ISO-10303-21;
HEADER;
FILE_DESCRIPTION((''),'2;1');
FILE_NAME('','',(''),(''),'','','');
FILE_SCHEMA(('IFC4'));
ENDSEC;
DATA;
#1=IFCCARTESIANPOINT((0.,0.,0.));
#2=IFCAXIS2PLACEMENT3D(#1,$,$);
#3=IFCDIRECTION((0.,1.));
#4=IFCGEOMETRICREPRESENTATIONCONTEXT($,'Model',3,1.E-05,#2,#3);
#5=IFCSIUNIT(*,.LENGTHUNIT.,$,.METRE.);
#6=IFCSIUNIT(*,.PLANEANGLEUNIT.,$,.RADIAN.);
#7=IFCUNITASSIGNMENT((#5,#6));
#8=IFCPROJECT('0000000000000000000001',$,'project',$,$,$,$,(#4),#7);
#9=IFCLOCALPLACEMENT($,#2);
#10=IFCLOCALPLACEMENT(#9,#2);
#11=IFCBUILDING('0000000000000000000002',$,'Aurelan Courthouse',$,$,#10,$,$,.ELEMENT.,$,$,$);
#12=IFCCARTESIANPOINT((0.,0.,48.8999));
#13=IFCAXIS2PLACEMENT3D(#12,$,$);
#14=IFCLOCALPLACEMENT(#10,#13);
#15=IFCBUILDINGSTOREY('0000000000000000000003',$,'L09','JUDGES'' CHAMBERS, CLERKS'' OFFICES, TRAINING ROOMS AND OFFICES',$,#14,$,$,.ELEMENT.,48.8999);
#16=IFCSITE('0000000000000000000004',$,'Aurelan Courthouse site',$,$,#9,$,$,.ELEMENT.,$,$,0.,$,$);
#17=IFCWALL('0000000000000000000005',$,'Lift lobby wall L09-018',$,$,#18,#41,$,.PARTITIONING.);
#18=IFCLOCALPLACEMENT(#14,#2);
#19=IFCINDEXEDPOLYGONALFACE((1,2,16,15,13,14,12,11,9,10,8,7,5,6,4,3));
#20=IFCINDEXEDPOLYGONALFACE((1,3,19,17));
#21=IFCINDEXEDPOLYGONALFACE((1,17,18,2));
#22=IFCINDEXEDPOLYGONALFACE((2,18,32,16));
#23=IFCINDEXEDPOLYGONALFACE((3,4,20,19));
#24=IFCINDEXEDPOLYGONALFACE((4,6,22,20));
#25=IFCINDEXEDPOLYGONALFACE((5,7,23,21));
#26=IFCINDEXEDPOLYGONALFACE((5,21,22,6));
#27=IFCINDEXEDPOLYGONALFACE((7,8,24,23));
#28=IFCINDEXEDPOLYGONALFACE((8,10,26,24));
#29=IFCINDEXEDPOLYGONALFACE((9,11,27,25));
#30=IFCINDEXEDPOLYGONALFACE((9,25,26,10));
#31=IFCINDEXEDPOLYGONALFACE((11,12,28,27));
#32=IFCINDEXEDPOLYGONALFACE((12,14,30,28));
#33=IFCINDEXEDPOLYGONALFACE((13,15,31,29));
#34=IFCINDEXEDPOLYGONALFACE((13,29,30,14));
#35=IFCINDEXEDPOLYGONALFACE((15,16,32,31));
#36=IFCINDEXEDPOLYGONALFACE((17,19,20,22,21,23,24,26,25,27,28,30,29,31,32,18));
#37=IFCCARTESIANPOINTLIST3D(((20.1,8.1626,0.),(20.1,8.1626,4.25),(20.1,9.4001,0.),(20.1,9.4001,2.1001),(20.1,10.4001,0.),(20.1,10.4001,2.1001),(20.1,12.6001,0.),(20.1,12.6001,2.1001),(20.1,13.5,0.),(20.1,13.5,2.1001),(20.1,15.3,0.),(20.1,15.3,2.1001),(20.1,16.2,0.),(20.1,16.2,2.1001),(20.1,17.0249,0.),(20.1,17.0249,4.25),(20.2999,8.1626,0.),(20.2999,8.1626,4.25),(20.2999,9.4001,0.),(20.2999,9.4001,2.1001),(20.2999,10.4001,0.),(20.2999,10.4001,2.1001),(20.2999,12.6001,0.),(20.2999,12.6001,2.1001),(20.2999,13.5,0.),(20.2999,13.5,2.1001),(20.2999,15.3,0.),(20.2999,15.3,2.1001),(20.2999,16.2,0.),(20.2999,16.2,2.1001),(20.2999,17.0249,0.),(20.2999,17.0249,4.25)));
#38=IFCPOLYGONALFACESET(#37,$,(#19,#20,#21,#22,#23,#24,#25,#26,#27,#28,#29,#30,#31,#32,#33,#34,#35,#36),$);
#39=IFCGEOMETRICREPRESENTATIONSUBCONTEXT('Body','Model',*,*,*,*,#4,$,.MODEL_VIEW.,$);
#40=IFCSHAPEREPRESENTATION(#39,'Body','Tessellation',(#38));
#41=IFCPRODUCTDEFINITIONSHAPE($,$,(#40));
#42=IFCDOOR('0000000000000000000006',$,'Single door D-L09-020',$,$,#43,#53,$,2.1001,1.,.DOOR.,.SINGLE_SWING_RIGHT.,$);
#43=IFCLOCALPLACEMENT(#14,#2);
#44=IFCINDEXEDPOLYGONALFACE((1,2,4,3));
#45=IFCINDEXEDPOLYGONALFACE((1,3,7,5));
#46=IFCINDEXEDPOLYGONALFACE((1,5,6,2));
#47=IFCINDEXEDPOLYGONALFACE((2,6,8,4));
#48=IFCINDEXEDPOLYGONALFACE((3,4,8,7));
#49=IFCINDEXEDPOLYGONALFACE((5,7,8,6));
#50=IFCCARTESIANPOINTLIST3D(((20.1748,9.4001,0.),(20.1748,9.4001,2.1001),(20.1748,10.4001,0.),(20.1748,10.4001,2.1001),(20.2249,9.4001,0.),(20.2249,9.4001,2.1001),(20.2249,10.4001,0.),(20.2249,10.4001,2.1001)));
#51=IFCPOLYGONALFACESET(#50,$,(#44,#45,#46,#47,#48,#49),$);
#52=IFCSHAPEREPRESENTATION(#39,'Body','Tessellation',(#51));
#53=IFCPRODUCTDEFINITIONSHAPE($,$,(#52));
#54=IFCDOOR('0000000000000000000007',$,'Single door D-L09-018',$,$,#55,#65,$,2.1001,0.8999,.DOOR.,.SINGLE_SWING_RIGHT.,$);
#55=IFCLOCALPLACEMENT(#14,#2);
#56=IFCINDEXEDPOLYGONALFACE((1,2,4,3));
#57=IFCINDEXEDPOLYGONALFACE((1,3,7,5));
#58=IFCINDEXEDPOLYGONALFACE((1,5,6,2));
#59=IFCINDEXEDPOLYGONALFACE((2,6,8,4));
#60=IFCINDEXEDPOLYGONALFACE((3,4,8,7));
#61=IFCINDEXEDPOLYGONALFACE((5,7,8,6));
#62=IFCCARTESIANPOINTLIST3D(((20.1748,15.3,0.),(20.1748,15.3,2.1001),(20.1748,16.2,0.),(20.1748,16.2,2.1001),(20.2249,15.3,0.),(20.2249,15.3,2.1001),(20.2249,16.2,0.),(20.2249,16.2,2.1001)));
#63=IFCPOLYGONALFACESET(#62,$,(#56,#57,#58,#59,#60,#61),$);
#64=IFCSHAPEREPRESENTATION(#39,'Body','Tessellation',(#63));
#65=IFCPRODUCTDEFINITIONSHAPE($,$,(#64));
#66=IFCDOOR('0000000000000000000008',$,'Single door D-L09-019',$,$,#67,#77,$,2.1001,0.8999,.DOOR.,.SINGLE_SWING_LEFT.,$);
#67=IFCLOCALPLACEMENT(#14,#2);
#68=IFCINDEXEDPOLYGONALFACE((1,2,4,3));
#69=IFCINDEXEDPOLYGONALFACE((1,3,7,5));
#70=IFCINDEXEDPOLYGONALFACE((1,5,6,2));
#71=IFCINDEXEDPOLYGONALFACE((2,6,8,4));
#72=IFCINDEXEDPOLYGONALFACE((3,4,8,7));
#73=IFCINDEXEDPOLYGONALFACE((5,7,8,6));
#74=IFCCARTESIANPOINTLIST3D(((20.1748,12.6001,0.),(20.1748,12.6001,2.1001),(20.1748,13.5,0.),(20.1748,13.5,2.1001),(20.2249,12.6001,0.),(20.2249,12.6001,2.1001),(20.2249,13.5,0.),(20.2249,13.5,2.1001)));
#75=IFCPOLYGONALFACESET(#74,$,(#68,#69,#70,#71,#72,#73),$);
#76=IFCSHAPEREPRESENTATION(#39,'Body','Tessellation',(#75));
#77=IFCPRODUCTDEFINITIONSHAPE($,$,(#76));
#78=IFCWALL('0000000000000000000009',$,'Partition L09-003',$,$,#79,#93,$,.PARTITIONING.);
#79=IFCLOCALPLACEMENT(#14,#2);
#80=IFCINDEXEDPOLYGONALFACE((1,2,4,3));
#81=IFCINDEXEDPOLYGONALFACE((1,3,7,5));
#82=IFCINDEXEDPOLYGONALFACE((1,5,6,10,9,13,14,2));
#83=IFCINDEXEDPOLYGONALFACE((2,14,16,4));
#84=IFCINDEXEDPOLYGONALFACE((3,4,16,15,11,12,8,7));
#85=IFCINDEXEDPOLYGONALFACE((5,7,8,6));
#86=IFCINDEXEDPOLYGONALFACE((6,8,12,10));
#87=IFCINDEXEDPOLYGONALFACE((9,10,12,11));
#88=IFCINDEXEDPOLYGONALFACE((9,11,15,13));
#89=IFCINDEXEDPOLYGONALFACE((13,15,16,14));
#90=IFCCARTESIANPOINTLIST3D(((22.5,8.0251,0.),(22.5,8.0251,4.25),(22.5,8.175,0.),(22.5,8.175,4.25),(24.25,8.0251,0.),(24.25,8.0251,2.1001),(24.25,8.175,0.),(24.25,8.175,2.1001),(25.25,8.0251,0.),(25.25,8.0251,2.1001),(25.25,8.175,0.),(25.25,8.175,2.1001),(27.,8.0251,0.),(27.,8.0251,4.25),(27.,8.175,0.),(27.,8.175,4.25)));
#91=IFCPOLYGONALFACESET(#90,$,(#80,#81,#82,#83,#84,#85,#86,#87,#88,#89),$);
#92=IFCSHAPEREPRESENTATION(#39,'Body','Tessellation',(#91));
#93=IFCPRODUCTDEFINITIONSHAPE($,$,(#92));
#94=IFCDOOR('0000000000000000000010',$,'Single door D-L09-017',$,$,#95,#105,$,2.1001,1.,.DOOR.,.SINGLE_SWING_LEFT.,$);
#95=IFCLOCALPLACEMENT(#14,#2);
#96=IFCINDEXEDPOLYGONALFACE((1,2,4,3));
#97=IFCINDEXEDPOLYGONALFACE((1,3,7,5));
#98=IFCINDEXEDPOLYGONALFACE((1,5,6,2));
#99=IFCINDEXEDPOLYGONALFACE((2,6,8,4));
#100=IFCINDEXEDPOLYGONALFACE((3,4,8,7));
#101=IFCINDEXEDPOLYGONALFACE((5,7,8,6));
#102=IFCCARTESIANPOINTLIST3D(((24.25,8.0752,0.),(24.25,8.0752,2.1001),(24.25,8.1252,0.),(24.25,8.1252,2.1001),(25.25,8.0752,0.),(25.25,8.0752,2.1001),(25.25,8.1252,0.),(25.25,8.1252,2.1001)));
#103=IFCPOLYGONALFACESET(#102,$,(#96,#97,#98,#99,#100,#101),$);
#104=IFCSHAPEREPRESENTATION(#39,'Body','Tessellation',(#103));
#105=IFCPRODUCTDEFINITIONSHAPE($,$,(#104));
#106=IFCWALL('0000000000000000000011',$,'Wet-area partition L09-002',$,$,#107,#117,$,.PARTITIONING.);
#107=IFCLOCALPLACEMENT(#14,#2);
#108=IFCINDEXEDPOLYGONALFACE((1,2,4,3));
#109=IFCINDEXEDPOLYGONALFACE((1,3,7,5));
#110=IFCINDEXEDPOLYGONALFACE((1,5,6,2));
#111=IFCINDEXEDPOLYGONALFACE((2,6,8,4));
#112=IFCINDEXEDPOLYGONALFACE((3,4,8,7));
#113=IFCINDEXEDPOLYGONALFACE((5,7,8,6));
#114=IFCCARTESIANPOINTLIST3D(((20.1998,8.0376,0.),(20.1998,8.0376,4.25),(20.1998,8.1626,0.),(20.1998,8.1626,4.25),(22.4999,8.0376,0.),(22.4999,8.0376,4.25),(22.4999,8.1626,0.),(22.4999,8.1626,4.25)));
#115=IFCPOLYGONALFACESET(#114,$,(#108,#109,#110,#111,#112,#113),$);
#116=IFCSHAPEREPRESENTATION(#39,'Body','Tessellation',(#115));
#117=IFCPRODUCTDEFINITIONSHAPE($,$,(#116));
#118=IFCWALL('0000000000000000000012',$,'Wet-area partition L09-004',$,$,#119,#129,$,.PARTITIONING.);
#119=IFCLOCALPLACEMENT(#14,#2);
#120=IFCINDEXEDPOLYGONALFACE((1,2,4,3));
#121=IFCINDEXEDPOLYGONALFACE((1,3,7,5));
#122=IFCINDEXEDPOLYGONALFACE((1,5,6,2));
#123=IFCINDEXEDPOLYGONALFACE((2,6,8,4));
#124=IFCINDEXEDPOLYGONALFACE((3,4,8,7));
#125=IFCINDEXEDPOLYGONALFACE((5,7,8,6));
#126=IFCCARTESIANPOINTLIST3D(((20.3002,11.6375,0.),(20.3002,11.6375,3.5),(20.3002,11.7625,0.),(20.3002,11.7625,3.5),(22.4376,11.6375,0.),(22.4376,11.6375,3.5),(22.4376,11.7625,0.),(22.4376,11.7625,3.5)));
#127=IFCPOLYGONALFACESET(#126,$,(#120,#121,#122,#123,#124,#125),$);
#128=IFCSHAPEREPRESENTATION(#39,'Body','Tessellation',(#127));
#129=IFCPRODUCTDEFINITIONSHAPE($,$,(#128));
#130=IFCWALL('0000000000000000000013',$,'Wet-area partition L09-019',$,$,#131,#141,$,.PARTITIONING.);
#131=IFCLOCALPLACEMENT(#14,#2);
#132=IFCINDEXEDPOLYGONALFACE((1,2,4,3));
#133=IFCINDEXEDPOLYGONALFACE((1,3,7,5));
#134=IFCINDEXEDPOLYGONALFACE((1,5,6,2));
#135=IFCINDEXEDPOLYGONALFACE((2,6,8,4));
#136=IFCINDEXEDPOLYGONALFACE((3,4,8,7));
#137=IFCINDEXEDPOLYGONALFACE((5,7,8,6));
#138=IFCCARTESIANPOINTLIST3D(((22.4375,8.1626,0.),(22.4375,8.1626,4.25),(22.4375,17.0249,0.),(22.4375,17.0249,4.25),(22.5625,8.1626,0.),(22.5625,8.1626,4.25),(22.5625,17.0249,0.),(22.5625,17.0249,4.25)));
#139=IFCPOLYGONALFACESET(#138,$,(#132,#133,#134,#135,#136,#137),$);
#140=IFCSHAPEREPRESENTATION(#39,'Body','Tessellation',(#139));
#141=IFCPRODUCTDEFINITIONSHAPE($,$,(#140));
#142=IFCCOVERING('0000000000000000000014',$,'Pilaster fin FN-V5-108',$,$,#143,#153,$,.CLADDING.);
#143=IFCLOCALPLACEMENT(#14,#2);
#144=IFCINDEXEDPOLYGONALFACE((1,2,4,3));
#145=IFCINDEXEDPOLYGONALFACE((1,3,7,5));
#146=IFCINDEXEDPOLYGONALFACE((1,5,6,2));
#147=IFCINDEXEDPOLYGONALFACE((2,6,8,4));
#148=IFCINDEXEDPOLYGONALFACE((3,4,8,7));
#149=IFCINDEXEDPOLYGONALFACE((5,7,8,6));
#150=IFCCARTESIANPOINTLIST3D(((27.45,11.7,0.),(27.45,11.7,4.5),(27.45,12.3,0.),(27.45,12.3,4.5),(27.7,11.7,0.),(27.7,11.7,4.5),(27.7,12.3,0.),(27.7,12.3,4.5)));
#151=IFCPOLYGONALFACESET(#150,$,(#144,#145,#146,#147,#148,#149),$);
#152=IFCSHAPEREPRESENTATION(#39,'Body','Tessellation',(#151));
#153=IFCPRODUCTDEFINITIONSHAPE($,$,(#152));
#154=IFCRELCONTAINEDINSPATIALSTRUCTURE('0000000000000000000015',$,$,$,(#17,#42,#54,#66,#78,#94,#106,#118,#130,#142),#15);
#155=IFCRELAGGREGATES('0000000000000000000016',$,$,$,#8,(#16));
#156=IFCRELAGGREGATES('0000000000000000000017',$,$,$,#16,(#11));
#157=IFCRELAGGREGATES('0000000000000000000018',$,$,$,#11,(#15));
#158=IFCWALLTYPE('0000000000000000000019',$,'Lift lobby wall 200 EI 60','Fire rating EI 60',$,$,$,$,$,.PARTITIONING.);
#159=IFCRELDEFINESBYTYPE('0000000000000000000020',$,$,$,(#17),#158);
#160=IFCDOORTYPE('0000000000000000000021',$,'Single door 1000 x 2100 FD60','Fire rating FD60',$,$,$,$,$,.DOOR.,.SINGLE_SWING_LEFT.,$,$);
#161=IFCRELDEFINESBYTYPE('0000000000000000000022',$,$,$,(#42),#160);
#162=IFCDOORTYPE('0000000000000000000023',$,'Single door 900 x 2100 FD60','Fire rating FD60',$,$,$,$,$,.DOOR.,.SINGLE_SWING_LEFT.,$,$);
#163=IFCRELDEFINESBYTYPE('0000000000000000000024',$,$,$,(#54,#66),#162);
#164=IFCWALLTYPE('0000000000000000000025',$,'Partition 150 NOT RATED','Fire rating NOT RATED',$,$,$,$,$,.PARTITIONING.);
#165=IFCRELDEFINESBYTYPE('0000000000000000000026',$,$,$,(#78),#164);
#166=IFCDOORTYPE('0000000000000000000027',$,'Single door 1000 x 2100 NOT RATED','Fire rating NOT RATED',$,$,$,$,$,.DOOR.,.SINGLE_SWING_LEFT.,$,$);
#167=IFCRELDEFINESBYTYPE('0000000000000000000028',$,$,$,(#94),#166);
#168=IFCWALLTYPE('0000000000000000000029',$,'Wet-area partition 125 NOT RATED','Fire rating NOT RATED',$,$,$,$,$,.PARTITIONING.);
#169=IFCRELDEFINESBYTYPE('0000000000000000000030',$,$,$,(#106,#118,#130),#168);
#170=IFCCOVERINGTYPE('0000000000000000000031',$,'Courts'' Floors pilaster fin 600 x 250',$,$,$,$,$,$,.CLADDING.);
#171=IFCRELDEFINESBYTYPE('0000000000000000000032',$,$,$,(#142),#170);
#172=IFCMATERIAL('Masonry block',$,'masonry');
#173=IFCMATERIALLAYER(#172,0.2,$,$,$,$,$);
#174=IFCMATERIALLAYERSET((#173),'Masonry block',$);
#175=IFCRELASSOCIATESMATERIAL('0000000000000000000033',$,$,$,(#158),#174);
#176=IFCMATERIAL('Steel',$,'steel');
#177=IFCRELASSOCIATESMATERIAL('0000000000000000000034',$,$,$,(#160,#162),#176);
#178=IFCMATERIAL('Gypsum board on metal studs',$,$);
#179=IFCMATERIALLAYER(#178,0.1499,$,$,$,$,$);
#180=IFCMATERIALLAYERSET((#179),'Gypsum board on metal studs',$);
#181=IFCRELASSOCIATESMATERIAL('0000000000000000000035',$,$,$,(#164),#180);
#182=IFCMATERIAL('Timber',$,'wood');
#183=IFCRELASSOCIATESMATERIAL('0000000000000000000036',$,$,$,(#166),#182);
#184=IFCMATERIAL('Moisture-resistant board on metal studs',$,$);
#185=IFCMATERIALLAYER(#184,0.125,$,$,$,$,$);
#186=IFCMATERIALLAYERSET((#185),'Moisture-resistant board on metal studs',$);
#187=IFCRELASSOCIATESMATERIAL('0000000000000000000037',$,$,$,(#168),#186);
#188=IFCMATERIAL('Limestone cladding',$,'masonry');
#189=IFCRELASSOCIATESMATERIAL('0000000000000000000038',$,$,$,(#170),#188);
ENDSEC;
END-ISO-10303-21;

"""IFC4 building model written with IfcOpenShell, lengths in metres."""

from ifc_helpers import new_model, si_unit, direction, frame, frame_2d, origin, origin_2d, place, context, subcontext, project, spatial, rectangle, extrude, material, layer, layer_set, type_object, element, fill, save


model = new_model("IFC4")

# Units and contexts
model_context = context("Model", 3, precision=1e-05, world=origin(), true_north=direction((0.0, 1.0)))
body_context = subcontext(model_context, "Body", "Model", "MODEL_VIEW")
ifc_project = project(units=[si_unit("LENGTHUNIT", "METRE"), si_unit("PLANEANGLEUNIT", "RADIAN")], contexts=[model_context])

# Site, building, storey
site_placement = place(None, origin())
site = spatial("IfcSite", under=ifc_project, at=site_placement, Name="Aurelan Courthouse site", CompositionType="ELEMENT", RefElevation=0.0)
building_placement = place(site_placement, origin())
building = spatial("IfcBuilding", under=site, at=building_placement, Name="Aurelan Courthouse", CompositionType="ELEMENT")
storey_placement = place(building_placement, frame((0.0, 0.0, 48.8999)))
storey = spatial("IfcBuildingStorey", under=building, at=storey_placement, Name="L09", Description="JUDGES' CHAMBERS, CLERKS' OFFICES, TRAINING ROOMS AND OFFICES", CompositionType="ELEMENT", Elevation=48.8999)

# Shared definitions
ifc_material_1 = material(Name="Limestone cladding", Category="masonry")
ifc_material_2 = material(Name="Masonry block", Category="masonry")
ifc_layer_1 = layer(ifc_material_2, 0.2)
ifc_layer_set_1 = layer_set([ifc_layer_1], Name="Masonry block")
wall_type_1 = type_object("IfcWallType", Name="Lift lobby wall 200 EI 60", Description="Fire rating EI 60", PredefinedType="PARTITIONING", material=ifc_layer_set_1)

# Wall, openings, doors
wall_1_placement = place(storey_placement, frame((20.2, 8.1626, 0.0), z_axis=(0.0, 0.0, 1.0), x_axis=(0.0, 1.0, 0.0)))
wall_1 = element("IfcWall", 1, at=wall_1_placement, inside=storey, type_object=wall_type_1, Name="Lift lobby wall L09-018", PredefinedType="PARTITIONING", context=body_context, shape_type="SweptSolid", body=[
    extrude(rectangle(XDim=8.8623, YDim=0.2, at=frame_2d((4.4312, 0.0))), origin(), (0.0, 0.0, 1.0), 4.25),
])
opening_1_placement = place(wall_1_placement, frame((8.0374, 0.0, 0.0), z_axis=(0.0, 0.0, 1.0), x_axis=(-1.0, 0.0, 0.0)))
opening_1 = element("IfcOpeningElement", 2, at=opening_1_placement, cuts=wall_1, PredefinedType="OPENING", context=body_context, shape_type="SweptSolid", body=[
    extrude(rectangle(XDim=0.8999, YDim=2.1001, at=frame_2d((0.45, 1.05))), frame((0.0, 0.1099, 0.0), z_axis=(0.0, -1.0, 0.0), x_axis=(1.0, 0.0, 0.0)), (0.0, 0.0, 1.0), 0.22),
])
opening_2_placement = place(wall_1_placement, frame((5.3374, 0.0, 0.0), z_axis=(0.0, 0.0, 1.0), x_axis=(-1.0, 0.0, 0.0)))
opening_2 = element("IfcOpeningElement", 3, at=opening_2_placement, cuts=wall_1, PredefinedType="OPENING", context=body_context, shape_type="SweptSolid", body=[
    extrude(rectangle(XDim=0.8999, YDim=2.1001, at=frame_2d((0.45, 1.05))), frame((0.0, 0.1099, 0.0), z_axis=(0.0, -1.0, 0.0), x_axis=(1.0, 0.0, 0.0)), (0.0, 0.0, 1.0), 0.22),
])
opening_3_placement = place(wall_1_placement, frame((2.2375, 0.0, 0.0), z_axis=(0.0, 0.0, 1.0), x_axis=(-1.0, 0.0, 0.0)))
opening_3 = element("IfcOpeningElement", 4, at=opening_3_placement, cuts=wall_1, PredefinedType="OPENING", context=body_context, shape_type="SweptSolid", body=[
    extrude(rectangle(XDim=1.0, YDim=2.1001, at=frame_2d((0.5, 1.05))), frame((0.0, 0.1099, 0.0), z_axis=(0.0, -1.0, 0.0), x_axis=(1.0, 0.0, 0.0)), (0.0, 0.0, 1.0), 0.22),
])
ifc_material_3 = material(Name="Steel", Category="steel")
door_type_1 = type_object("IfcDoorType", Name="Single door 1000 x 2100 FD60", Description="Fire rating FD60", OperationType="SINGLE_SWING_LEFT", PredefinedType="DOOR", material=ifc_material_3)
door_1_placement = place(opening_3_placement, origin())
door_1 = element("IfcDoor", 5, at=door_1_placement, inside=storey, type_object=door_type_1, Name="Single door D-L09-020", OperationType="SINGLE_SWING_RIGHT", OverallHeight=2.1001, OverallWidth=1.0, PredefinedType="DOOR", context=body_context, shape_type="SweptSolid", body=[
    extrude(rectangle(XDim=1.0, YDim=2.1001, at=frame_2d((0.5, 1.05))), frame((0.0, 0.0249, 0.0), z_axis=(0.0, -1.0, 0.0), x_axis=(1.0, 0.0, 0.0)), (0.0, 0.0, 1.0), 0.05),
])
fill(opening_3, door_1)
door_type_2 = type_object("IfcDoorType", Name="Single door 900 x 2100 FD60", Description="Fire rating FD60", OperationType="SINGLE_SWING_LEFT", PredefinedType="DOOR", material=ifc_material_3)
door_2_placement = place(opening_1_placement, origin())
door_2 = element("IfcDoor", 6, at=door_2_placement, inside=storey, type_object=door_type_2, Name="Single door D-L09-018", OperationType="SINGLE_SWING_RIGHT", OverallHeight=2.1001, OverallWidth=0.8999, PredefinedType="DOOR", context=body_context, shape_type="SweptSolid", body=[
    extrude(rectangle(XDim=0.8999, YDim=2.1001, at=frame_2d((0.45, 1.05))), frame((0.0, 0.0249, 0.0), z_axis=(0.0, -1.0, 0.0), x_axis=(1.0, 0.0, 0.0)), (0.0, 0.0, 1.0), 0.05),
])
fill(opening_1, door_2)
door_3_placement = place(opening_2_placement, origin())
door_3 = element("IfcDoor", 7, at=door_3_placement, inside=storey, type_object=door_type_2, Name="Single door D-L09-019", OperationType="SINGLE_SWING_LEFT", OverallHeight=2.1001, OverallWidth=0.8999, PredefinedType="DOOR", context=body_context, shape_type="SweptSolid", body=[
    extrude(rectangle(XDim=0.8999, YDim=2.1001, at=frame_2d((0.45, 1.05))), frame((0.0, 0.0249, 0.0), z_axis=(0.0, -1.0, 0.0), x_axis=(1.0, 0.0, 0.0)), (0.0, 0.0, 1.0), 0.05),
])
fill(opening_2, door_3)

# Wall, opening, door
ifc_material_4 = material(Name="Gypsum board on metal studs")
ifc_layer_2 = layer(ifc_material_4, 0.1499)
ifc_layer_set_2 = layer_set([ifc_layer_2], Name="Gypsum board on metal studs")
wall_type_2 = type_object("IfcWallType", Name="Partition 150 NOT RATED", Description="Fire rating NOT RATED", PredefinedType="PARTITIONING", material=ifc_layer_set_2)
wall_2_placement = place(storey_placement, frame((22.5, 8.1001, 0.0), z_axis=(0.0, 0.0, 1.0), x_axis=(1.0, 0.0, 0.0)))
wall_2 = element("IfcWall", 8, at=wall_2_placement, inside=storey, type_object=wall_type_2, Name="Partition L09-003", PredefinedType="PARTITIONING", context=body_context, shape_type="SweptSolid", body=[
    extrude(rectangle(XDim=4.5, YDim=0.1499, at=frame_2d((2.25, 0.0))), origin(), (0.0, 0.0, 1.0), 4.25),
])
opening_4_placement = place(wall_2_placement, frame((2.75, 0.0, 0.0), z_axis=(0.0, 0.0, 1.0), x_axis=(-1.0, 0.0, 0.0)))
opening_4 = element("IfcOpeningElement", 9, at=opening_4_placement, cuts=wall_2, PredefinedType="OPENING", context=body_context, shape_type="SweptSolid", body=[
    extrude(rectangle(XDim=1.0, YDim=2.1001, at=frame_2d((0.5, 1.05))), frame((0.0, 0.085, 0.0), z_axis=(0.0, -1.0, 0.0), x_axis=(1.0, 0.0, 0.0)), (0.0, 0.0, 1.0), 0.1699),
])
ifc_material_5 = material(Name="Timber", Category="wood")
door_type_3 = type_object("IfcDoorType", Name="Single door 1000 x 2100 NOT RATED", Description="Fire rating NOT RATED", OperationType="SINGLE_SWING_LEFT", PredefinedType="DOOR", material=ifc_material_5)
door_4_placement = place(opening_4_placement, origin())
door_4 = element("IfcDoor", 10, at=door_4_placement, inside=storey, type_object=door_type_3, Name="Single door D-L09-017", OperationType="SINGLE_SWING_LEFT", OverallHeight=2.1001, OverallWidth=1.0, PredefinedType="DOOR", context=body_context, shape_type="SweptSolid", body=[
    extrude(rectangle(XDim=1.0, YDim=2.1001, at=frame_2d((0.5, 1.05))), frame((0.0, 0.0249, 0.0), z_axis=(0.0, -1.0, 0.0), x_axis=(1.0, 0.0, 0.0)), (0.0, 0.0, 1.0), 0.05),
])
fill(opening_4, door_4)

# Walls
ifc_material_6 = material(Name="Moisture-resistant board on metal studs")
ifc_layer_3 = layer(ifc_material_6, 0.125)
ifc_layer_set_3 = layer_set([ifc_layer_3], Name="Moisture-resistant board on metal studs")
wall_type_3 = type_object("IfcWallType", Name="Wet-area partition 125 NOT RATED", Description="Fire rating NOT RATED", PredefinedType="PARTITIONING", material=ifc_layer_set_3)
wall_3_placement = place(storey_placement, frame((20.2, 8.1001, 0.0), z_axis=(0.0, 0.0, 1.0), x_axis=(1.0, 0.0, 0.0)))
element("IfcWall", 11, at=wall_3_placement, inside=storey, type_object=wall_type_3, Name="Wet-area partition L09-002", PredefinedType="PARTITIONING", context=body_context, shape_type="SweptSolid", body=[
    extrude(rectangle(XDim=2.3, YDim=0.125, at=frame_2d((1.1499, 0.0))), origin(), (0.0, 0.0, 1.0), 4.25),
])
wall_4_placement = place(storey_placement, frame((20.3, 11.7, 0.0), z_axis=(0.0, 0.0, 1.0), x_axis=(1.0, 0.0, 0.0)))
element("IfcWall", 12, at=wall_4_placement, inside=storey, type_object=wall_type_3, Name="Wet-area partition L09-004", PredefinedType="PARTITIONING", context=body_context, shape_type="SweptSolid", body=[
    extrude(rectangle(XDim=2.1375, YDim=0.125, at=frame_2d((1.0688, 0.0))), origin(), (0.0, 0.0, 1.0), 3.5),
])
wall_5_placement = place(storey_placement, frame((22.5, 8.1626, 0.0), z_axis=(0.0, 0.0, 1.0), x_axis=(0.0, 1.0, 0.0)))
element("IfcWall", 13, at=wall_5_placement, inside=storey, type_object=wall_type_3, Name="Wet-area partition L09-019", PredefinedType="PARTITIONING", context=body_context, shape_type="SweptSolid", body=[
    extrude(rectangle(XDim=8.8623, YDim=0.125, at=frame_2d((4.4312, 0.0))), origin(), (0.0, 0.0, 1.0), 4.25),
])

# Covering
covering_type = type_object("IfcCoveringType", Name="Courts' Floors pilaster fin 600 x 250", PredefinedType="CLADDING", material=ifc_material_1)
covering_placement = place(storey_placement, frame((27.575, 12.0, 0.0), z_axis=(0.0, 0.0, 1.0), x_axis=(1.0, 0.0, 0.0)))
element("IfcCovering", 14, at=covering_placement, inside=storey, type_object=covering_type, Name="Pilaster fin FN-V5-108", PredefinedType="CLADDING", context=body_context, shape_type="SweptSolid", body=[
    extrude(rectangle(XDim=0.25, YDim=0.6001, at=origin_2d()), origin(), (0.0, 0.0, 1.0), 4.5),
])

save(model, "model.ifc")
